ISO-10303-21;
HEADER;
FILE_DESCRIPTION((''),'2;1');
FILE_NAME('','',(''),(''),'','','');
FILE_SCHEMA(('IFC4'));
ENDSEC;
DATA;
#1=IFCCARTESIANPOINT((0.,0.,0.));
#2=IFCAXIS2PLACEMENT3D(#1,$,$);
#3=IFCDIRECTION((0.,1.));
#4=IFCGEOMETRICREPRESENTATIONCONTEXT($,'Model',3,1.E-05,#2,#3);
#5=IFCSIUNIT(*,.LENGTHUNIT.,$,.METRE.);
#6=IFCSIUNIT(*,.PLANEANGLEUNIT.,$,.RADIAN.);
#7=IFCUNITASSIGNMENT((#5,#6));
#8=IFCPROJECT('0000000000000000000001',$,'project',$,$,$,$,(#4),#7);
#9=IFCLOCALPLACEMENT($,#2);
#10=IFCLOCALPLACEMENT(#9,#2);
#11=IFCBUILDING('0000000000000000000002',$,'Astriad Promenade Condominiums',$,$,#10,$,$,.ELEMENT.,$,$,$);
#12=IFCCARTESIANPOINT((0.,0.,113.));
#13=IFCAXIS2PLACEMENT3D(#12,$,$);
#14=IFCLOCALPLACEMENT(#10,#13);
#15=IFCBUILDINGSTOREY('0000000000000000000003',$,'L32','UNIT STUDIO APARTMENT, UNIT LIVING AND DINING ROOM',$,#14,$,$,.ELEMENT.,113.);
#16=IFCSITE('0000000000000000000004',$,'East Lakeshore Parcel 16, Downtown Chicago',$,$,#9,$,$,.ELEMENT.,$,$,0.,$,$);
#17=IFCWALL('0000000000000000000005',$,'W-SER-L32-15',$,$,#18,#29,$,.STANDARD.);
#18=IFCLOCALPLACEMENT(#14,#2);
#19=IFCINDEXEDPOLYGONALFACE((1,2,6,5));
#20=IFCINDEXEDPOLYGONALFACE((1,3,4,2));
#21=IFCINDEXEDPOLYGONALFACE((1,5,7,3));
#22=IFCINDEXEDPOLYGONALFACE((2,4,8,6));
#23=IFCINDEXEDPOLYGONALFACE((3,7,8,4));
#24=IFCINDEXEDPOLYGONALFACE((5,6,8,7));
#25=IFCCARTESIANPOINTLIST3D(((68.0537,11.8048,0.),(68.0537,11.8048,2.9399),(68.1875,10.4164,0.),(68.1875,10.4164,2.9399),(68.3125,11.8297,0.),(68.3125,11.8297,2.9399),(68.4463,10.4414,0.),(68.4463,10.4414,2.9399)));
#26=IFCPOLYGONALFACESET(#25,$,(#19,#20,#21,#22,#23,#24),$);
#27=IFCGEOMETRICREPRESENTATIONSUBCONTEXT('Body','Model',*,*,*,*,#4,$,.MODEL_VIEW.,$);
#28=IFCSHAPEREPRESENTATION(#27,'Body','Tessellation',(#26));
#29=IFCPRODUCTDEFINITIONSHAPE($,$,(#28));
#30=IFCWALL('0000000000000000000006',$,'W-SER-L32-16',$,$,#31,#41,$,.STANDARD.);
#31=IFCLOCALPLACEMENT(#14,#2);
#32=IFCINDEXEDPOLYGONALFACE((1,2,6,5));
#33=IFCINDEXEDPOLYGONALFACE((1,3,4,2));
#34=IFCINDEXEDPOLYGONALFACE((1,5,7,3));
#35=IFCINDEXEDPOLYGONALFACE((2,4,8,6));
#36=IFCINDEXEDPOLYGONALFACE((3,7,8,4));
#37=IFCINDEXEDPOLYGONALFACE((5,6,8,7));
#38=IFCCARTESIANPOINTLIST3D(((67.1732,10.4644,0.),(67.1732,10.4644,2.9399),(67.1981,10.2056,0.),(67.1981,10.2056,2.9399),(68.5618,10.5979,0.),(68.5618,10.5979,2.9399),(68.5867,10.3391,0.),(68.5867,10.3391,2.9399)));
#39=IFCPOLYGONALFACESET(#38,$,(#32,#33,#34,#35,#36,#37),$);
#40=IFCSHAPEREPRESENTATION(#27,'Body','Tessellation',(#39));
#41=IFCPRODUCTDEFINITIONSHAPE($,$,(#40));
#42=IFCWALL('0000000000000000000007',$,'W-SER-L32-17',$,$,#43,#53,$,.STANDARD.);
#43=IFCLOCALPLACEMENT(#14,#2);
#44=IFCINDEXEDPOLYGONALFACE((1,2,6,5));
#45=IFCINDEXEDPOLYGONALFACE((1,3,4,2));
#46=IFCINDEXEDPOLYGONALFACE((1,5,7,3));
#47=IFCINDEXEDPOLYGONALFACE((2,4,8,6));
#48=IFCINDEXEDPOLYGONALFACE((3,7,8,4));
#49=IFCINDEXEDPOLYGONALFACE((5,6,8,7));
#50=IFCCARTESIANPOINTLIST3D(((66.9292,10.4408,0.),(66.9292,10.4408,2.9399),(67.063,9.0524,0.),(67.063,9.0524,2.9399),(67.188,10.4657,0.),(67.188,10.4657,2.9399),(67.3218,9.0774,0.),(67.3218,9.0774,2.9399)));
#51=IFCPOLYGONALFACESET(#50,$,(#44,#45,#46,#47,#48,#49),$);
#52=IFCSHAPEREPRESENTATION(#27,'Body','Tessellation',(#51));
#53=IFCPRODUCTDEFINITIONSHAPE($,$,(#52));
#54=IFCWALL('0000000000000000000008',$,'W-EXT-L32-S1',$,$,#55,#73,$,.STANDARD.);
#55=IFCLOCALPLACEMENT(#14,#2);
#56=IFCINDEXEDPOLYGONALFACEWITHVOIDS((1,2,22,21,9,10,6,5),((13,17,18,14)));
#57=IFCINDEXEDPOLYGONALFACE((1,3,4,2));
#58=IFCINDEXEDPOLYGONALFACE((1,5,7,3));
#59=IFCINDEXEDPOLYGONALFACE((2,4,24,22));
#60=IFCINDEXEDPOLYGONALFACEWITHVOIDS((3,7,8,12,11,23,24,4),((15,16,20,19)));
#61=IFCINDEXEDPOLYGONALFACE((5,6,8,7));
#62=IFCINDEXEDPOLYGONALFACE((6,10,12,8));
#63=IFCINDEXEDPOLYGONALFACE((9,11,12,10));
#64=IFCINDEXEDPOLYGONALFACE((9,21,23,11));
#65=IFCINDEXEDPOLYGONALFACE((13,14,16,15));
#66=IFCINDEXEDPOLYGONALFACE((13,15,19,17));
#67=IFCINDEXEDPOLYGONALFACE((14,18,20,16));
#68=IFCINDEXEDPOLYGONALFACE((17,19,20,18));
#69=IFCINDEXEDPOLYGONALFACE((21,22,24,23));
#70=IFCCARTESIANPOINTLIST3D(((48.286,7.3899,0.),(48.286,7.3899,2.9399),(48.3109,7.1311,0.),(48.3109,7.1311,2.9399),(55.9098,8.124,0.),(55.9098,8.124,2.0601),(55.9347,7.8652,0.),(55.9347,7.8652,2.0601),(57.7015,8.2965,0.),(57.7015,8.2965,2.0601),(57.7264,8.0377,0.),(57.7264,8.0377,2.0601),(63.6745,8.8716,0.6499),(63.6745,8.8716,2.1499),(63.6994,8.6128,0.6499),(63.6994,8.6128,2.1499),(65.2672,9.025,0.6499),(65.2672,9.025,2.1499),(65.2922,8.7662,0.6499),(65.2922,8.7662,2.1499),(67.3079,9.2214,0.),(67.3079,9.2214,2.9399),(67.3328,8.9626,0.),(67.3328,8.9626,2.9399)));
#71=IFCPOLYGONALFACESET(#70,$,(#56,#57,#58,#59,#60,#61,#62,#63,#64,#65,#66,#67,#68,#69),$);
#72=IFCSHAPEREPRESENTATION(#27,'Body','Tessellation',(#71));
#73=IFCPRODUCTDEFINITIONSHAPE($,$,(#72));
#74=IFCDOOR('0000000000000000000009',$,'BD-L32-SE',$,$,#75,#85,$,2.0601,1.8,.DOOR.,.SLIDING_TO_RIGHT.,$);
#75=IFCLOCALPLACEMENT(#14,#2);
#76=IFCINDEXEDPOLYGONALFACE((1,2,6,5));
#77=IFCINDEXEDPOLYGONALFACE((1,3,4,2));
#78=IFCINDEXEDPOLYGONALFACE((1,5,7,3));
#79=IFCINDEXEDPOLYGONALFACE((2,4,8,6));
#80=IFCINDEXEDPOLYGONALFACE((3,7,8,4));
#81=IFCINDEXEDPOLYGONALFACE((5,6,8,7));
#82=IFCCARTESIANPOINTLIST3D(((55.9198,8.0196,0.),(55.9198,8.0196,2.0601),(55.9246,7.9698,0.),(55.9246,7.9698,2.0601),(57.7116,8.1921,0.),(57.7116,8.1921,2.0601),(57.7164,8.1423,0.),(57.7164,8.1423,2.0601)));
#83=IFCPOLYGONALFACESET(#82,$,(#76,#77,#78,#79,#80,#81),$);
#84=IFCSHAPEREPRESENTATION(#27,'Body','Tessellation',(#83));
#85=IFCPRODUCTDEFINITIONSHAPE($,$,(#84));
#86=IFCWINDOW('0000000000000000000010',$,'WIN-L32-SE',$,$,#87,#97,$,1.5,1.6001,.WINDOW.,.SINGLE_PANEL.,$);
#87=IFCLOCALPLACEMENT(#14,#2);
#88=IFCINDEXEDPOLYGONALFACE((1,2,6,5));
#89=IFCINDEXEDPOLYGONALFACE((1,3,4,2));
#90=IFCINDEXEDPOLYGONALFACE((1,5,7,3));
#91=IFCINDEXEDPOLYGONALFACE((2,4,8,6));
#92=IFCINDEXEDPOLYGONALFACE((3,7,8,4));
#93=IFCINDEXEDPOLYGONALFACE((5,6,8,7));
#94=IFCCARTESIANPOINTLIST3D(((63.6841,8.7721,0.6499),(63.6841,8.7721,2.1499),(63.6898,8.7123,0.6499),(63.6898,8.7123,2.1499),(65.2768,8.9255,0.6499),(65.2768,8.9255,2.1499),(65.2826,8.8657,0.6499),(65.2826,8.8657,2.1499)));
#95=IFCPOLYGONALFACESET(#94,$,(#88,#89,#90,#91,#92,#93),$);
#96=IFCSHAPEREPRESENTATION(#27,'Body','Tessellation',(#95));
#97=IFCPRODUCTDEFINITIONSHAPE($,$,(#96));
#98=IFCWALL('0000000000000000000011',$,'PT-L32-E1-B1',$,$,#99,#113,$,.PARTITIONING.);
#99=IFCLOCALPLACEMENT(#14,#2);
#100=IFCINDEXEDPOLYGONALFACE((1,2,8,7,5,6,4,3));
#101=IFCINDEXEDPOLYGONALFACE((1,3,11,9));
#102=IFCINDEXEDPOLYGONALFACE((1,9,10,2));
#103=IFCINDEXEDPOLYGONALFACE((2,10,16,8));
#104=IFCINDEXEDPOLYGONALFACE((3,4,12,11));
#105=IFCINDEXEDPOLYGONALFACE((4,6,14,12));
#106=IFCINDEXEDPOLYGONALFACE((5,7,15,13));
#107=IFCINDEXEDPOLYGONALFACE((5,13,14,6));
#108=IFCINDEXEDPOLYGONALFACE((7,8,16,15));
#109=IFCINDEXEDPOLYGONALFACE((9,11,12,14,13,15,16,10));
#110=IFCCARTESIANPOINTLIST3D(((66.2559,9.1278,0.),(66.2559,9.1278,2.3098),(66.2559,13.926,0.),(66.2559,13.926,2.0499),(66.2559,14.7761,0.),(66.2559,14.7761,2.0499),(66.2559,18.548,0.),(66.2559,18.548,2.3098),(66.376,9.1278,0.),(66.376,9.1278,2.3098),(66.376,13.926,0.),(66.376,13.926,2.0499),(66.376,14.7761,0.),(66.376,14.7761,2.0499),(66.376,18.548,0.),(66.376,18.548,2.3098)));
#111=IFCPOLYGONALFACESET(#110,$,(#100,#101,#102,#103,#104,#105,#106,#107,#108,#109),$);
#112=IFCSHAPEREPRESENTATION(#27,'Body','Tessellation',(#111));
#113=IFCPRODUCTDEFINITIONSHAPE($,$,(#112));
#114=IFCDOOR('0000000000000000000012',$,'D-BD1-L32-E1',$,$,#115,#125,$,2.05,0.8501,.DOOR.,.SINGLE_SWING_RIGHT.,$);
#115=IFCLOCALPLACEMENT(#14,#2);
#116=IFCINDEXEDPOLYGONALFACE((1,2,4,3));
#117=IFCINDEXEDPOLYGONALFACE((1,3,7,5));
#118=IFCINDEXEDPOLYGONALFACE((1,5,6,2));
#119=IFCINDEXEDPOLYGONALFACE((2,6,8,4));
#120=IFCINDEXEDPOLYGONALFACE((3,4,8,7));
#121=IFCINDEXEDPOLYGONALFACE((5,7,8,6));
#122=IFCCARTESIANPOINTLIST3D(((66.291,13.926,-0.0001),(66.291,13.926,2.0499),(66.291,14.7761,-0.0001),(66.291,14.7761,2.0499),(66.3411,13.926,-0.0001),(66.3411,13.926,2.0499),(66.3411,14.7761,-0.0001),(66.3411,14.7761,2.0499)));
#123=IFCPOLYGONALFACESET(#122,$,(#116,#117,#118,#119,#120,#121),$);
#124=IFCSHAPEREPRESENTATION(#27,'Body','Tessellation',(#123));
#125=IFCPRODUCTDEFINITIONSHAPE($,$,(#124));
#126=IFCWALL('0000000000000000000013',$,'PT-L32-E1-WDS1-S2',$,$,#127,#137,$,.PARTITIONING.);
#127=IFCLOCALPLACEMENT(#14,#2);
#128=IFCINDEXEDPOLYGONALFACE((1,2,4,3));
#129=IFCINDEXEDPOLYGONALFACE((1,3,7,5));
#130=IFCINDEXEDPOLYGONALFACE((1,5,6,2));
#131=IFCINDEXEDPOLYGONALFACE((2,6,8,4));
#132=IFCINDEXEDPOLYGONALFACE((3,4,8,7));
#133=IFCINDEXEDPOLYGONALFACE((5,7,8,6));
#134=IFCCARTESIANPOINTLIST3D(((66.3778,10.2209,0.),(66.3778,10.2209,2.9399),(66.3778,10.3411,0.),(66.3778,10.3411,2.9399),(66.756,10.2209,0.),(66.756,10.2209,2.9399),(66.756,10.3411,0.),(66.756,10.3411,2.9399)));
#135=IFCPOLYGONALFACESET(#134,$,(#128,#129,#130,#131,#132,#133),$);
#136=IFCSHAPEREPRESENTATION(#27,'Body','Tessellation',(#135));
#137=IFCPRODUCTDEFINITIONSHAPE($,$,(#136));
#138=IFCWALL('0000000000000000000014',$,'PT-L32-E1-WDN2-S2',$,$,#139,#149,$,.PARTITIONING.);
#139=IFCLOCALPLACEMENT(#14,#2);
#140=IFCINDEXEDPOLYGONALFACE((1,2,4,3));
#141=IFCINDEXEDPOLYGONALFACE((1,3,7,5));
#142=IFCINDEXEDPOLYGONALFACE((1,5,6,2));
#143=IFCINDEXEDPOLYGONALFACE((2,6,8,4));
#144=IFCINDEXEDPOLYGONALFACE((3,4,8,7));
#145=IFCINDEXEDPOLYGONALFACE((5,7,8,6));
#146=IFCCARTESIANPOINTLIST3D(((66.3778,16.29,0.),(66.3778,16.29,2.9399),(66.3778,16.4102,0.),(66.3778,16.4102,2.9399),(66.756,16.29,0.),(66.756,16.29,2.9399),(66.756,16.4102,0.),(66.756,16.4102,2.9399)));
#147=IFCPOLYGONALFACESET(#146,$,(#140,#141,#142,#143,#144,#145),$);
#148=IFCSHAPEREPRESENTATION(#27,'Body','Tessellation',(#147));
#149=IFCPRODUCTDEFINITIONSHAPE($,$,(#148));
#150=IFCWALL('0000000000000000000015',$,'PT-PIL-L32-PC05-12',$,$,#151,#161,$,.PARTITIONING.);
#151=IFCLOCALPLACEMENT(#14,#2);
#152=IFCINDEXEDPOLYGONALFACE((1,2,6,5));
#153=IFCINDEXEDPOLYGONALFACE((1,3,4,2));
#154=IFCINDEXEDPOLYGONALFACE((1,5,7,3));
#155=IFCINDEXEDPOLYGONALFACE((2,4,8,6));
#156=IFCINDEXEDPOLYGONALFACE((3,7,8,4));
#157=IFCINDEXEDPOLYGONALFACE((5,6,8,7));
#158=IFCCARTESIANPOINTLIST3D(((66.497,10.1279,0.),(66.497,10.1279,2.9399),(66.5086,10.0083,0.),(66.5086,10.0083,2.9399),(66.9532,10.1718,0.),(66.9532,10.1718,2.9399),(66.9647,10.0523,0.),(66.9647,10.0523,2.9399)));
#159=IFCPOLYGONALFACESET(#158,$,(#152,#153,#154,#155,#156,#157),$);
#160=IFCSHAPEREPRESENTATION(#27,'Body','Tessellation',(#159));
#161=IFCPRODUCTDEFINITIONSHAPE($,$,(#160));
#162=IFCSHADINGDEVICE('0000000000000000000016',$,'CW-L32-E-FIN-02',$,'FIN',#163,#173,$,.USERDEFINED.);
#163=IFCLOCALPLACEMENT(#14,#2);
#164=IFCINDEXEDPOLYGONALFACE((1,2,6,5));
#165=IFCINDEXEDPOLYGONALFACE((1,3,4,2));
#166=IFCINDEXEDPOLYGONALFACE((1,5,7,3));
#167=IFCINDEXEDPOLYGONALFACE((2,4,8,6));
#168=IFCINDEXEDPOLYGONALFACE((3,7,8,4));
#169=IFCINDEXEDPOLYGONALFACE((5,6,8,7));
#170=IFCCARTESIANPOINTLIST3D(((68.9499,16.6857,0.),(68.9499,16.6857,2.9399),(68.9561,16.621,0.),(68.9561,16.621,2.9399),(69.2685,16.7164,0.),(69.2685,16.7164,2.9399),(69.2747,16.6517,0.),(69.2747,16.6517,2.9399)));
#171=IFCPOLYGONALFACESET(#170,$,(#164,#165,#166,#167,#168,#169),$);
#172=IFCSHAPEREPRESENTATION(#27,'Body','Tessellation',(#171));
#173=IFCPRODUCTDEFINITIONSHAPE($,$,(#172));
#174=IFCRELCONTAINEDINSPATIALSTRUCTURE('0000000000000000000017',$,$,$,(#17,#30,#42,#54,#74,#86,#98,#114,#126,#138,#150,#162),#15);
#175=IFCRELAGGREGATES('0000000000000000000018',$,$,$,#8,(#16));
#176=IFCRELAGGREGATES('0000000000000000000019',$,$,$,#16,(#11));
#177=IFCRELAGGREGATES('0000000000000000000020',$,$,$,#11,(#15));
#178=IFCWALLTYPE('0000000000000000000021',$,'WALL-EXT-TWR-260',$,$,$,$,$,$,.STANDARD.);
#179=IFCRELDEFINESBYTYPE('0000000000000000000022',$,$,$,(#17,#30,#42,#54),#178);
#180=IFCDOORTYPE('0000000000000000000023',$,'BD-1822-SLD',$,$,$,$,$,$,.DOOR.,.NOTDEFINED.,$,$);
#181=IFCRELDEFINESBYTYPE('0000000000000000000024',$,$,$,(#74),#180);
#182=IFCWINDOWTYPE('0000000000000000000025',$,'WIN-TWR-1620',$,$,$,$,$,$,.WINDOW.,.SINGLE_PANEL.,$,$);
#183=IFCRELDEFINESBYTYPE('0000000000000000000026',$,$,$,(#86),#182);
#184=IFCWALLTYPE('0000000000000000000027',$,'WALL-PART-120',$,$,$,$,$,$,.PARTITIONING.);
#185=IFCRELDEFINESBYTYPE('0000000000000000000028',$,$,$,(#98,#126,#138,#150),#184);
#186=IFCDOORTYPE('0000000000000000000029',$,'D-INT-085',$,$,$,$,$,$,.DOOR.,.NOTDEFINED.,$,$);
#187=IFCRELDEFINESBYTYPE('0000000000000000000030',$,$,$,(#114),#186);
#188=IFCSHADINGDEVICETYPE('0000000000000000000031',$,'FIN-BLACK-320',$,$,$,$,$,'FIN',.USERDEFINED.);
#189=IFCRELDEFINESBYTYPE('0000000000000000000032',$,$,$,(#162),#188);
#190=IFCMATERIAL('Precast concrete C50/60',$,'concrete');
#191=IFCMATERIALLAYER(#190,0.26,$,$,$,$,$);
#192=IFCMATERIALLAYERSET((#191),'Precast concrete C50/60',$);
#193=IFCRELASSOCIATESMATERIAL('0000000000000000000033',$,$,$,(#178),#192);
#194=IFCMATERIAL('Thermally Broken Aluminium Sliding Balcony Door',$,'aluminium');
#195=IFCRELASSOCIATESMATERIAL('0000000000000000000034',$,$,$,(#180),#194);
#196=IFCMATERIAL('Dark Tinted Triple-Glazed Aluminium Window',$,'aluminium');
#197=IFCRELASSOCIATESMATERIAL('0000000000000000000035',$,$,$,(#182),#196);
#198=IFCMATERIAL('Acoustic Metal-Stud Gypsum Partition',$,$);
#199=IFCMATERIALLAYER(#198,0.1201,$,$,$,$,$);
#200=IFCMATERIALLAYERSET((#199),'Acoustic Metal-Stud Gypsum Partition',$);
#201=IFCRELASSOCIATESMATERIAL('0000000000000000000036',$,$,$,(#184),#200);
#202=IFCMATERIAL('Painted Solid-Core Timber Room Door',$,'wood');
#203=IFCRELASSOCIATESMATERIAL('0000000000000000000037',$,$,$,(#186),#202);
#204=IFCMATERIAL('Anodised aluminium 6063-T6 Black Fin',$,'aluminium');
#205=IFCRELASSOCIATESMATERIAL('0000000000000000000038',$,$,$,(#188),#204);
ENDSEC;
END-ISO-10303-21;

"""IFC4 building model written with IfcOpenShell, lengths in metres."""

from ifc_helpers import new_model, si_unit, direction, frame, frame_2d, origin, origin_2d, place, context, subcontext, project, spatial, rectangle, extrude, source, transform, mapped, material, layer, layer_set, type_object, type_shapes, element, fill, save


model = new_model("IFC4")

# Units and contexts
model_context = context("Model", 3, precision=1e-05, world=origin(), true_north=direction((0.0, 1.0)))
body_context = subcontext(model_context, "Body", "Model", "MODEL_VIEW")
ifc_project = project(units=[si_unit("LENGTHUNIT", "METRE"), si_unit("PLANEANGLEUNIT", "RADIAN")], contexts=[model_context])

# Site, building, storey
site_placement = place(None, origin())
site = spatial("IfcSite", under=ifc_project, at=site_placement, Name="East Lakeshore Parcel 16, Downtown Chicago", CompositionType="ELEMENT", RefElevation=0.0)
building_placement = place(site_placement, origin())
building = spatial("IfcBuilding", under=site, at=building_placement, Name="Astriad Promenade Condominiums", CompositionType="ELEMENT")
storey_placement = place(building_placement, frame((0.0, 0.0, 113.0)))
storey = spatial("IfcBuildingStorey", under=building, at=storey_placement, Name="L32", Description="UNIT STUDIO APARTMENT, UNIT LIVING AND DINING ROOM", CompositionType="ELEMENT", Elevation=113.0)

# Walls
ifc_material_1 = material(Name="Precast concrete C50/60", Category="concrete")
ifc_layer_1 = layer(ifc_material_1, 0.26)
ifc_layer_set_1 = layer_set([ifc_layer_1], Name="Precast concrete C50/60")
wall_type_1 = type_object("IfcWallType", Name="WALL-EXT-TWR-260", PredefinedType="STANDARD", material=ifc_layer_set_1)
for number, where, z_axis, x_axis, name in (
    (1, (68.1831, 11.8171, 0.0), (0.0, 0.0, 1.0), (0.095916, -0.995389, 0.0), "W-SER-L32-15"),
):
    element("IfcWall", number, at=place(storey_placement, frame(where, z_axis=z_axis, x_axis=x_axis)), inside=storey, type_object=wall_type_1, Name=name, PredefinedType="STANDARD", context=body_context, shape_type="SweptSolid", body=[
        extrude(rectangle(XDim=1.3948, YDim=0.26, at=frame_2d((0.6973, 0.0))), origin(), (0.0, 0.0, 1.0), 2.9399),
    ])
wall_1_placement = place(storey_placement, frame((68.5742, 10.4685, 0.0), z_axis=(0.0, 0.0, 1.0), x_axis=(-0.995408, -0.095726, 0.0)))
element("IfcWall", 2, at=wall_1_placement, inside=storey, type_object=wall_type_1, Name="W-SER-L32-16", PredefinedType="STANDARD", context=body_context, shape_type="SweptSolid", body=[
    extrude(rectangle(XDim=1.395, YDim=0.26, at=frame_2d((0.6975, 0.0))), origin(), (0.0, 0.0, 1.0), 2.9399),
])
wall_2_placement = place(storey_placement, frame((67.0586, 10.4531, 0.0), z_axis=(0.0, 0.0, 1.0), x_axis=(0.095916, -0.995389, 0.0)))
element("IfcWall", 3, at=wall_2_placement, inside=storey, type_object=wall_type_1, Name="W-SER-L32-17", PredefinedType="STANDARD", context=body_context, shape_type="SweptSolid", body=[
    extrude(rectangle(XDim=1.3948, YDim=0.26, at=frame_2d((0.6973, 0.0))), origin(), (0.0, 0.0, 1.0), 2.9399),
])

# Wall, openings, door, window
wall_3_placement = place(storey_placement, frame((67.3203, 9.092, 0.0), z_axis=(0.0, 0.0, 1.0), x_axis=(-0.995397, -0.095842, 0.0)))
wall_3 = element("IfcWall", 4, at=wall_3_placement, inside=storey, type_object=wall_type_1, Name="W-EXT-L32-S1", PredefinedType="STANDARD", context=body_context, shape_type="SweptSolid", body=[
    extrude(rectangle(XDim=19.1099, YDim=0.26, at=frame_2d((9.5549, 0.0))), origin(), (0.0, 0.0, 1.0), 2.9399),
])
opening_1_placement = place(wall_3_placement, frame((9.6509, 0.0, 0.0)))
opening_1 = element("IfcOpeningElement", 5, at=opening_1_placement, cuts=wall_3, PredefinedType="OPENING", context=body_context, shape_type="SweptSolid", body=[
    extrude(rectangle(XDim=1.8, YDim=2.0601, at=frame_2d((0.8999, 1.03))), frame((0.0, 0.1399, 0.0), z_axis=(0.0, -1.0, 0.0), x_axis=(1.0, 0.0, 0.0)), (0.0, 0.0, 1.0), 0.28),
])
opening_2_placement = place(wall_3_placement, frame((2.05, 0.0, 0.6499)))
opening_2 = element("IfcOpeningElement", 6, at=opening_2_placement, cuts=wall_3, PredefinedType="OPENING", context=body_context, shape_type="SweptSolid", body=[
    extrude(rectangle(XDim=1.6001, YDim=1.5, at=frame_2d((0.8, 0.75))), frame((0.0, 0.1399, 0.0), z_axis=(0.0, -1.0, 0.0), x_axis=(1.0, 0.0, 0.0)), (0.0, 0.0, 1.0), 0.28),
])
ifc_material_2 = material(Name="Thermally Broken Aluminium Sliding Balcony Door", Category="aluminium")
door_type_1 = type_object("IfcDoorType", Name="BD-1822-SLD", OperationType="NOTDEFINED", PredefinedType="DOOR", material=ifc_material_2)
shared_shape_1 = source(origin(), body_context, "Body", "SweptSolid", [
    extrude(rectangle(XDim=1.8, YDim=2.0601, at=frame_2d((0.8999, 1.03))), frame((0.0, 0.0249, 0.0), z_axis=(0.0, -1.0, 0.0), x_axis=(1.0, 0.0, 0.0)), (0.0, 0.0, 1.0), 0.05),
])
type_shapes(door_type_1, [shared_shape_1])
door_1_placement = place(opening_1_placement, origin())
door_1 = element("IfcDoor", 7, at=door_1_placement, inside=storey, type_object=door_type_1, Name="BD-L32-SE", OperationType="SLIDING_TO_RIGHT", OverallHeight=2.0601, OverallWidth=1.8, PredefinedType="DOOR", context=body_context, shape_type="MappedRepresentation", body=[
    mapped(shared_shape_1, transform((0.0, 0.0, 0.0), scale=1.0)),
])
fill(opening_1, door_1)
ifc_material_3 = material(Name="Dark Tinted Triple-Glazed Aluminium Window", Category="aluminium")
window_type = type_object("IfcWindowType", Name="WIN-TWR-1620", PartitioningType="SINGLE_PANEL", PredefinedType="WINDOW", material=ifc_material_3)
shared_shape_2 = source(origin(), body_context, "Body", "SweptSolid", [
    extrude(rectangle(XDim=1.6001, YDim=1.5, at=frame_2d((0.8, 0.75))), frame((0.0, 0.03, 0.0), z_axis=(0.0, -1.0, 0.0), x_axis=(1.0, 0.0, 0.0)), (0.0, 0.0, 1.0), 0.0601),
])
type_shapes(window_type, [shared_shape_2])
window_placement = place(opening_2_placement, origin())
window = element("IfcWindow", 8, at=window_placement, inside=storey, type_object=window_type, Name="WIN-L32-SE", OverallHeight=1.5, OverallWidth=1.6001, PartitioningType="SINGLE_PANEL", PredefinedType="WINDOW", context=body_context, shape_type="MappedRepresentation", body=[
    mapped(shared_shape_2, transform((0.0, 0.0, 0.0), scale=1.0)),
])
fill(opening_2, window)

# Wall, opening, door
ifc_material_4 = material(Name="Acoustic Metal-Stud Gypsum Partition")
ifc_layer_2 = layer(ifc_material_4, 0.1201)
ifc_layer_set_2 = layer_set([ifc_layer_2], Name="Acoustic Metal-Stud Gypsum Partition")
wall_type_2 = type_object("IfcWallType", Name="WALL-PART-120", PredefinedType="PARTITIONING", material=ifc_layer_set_2)
wall_4_placement = place(storey_placement, frame((66.3159, 9.1279, 0.0), z_axis=(0.0, 0.0, 1.0), x_axis=(0.0, 1.0, 0.0)))
wall_4 = element("IfcWall", 9, at=wall_4_placement, inside=storey, type_object=wall_type_2, Name="PT-L32-E1-B1", PredefinedType="PARTITIONING", context=body_context, shape_type="SweptSolid", body=[
    extrude(rectangle(XDim=9.4202, YDim=0.1201, at=frame_2d((4.71, 0.0))), origin(), (0.0, 0.0, 1.0), 2.3098),
])
opening_3_placement = place(wall_4_placement, frame((4.7981, 0.0, 0.0)))
opening_3 = element("IfcOpeningElement", 10, at=opening_3_placement, cuts=wall_4, PredefinedType="OPENING", context=body_context, shape_type="SweptSolid", body=[
    extrude(rectangle(XDim=0.8501, YDim=2.05, at=frame_2d((0.425, 1.0249))), frame((0.0, 0.0701, 0.0), z_axis=(0.0, -1.0, 0.0), x_axis=(1.0, 0.0, 0.0)), (0.0, 0.0, 1.0), 0.1401),
])
ifc_material_5 = material(Name="Painted Solid-Core Timber Room Door", Category="wood")
door_type_2 = type_object("IfcDoorType", Name="D-INT-085", OperationType="NOTDEFINED", PredefinedType="DOOR", material=ifc_material_5)
shared_shape_3 = source(origin(), body_context, "Body", "SweptSolid", [
    extrude(rectangle(XDim=0.8501, YDim=2.05, at=frame_2d((0.425, 1.0249))), frame((0.0, 0.0249, 0.0), z_axis=(0.0, -1.0, 0.0), x_axis=(1.0, 0.0, 0.0)), (0.0, 0.0, 1.0), 0.05),
])
type_shapes(door_type_2, [shared_shape_3])
door_2_placement = place(opening_3_placement, origin())
door_2 = element("IfcDoor", 11, at=door_2_placement, inside=storey, type_object=door_type_2, Name="D-BD1-L32-E1", OperationType="SINGLE_SWING_RIGHT", OverallHeight=2.05, OverallWidth=0.8501, PredefinedType="DOOR", context=body_context, shape_type="MappedRepresentation", body=[
    mapped(shared_shape_3, transform((0.0, 0.0, 0.0), scale=1.0)),
])
fill(opening_3, door_2)

# Walls
for number, where, z_axis, x_axis, name in (
    (12, (66.3779, 10.281, 0.0), (0.0, 0.0, 1.0), (1.0, 0.0, 0.0), "PT-L32-E1-WDS1-S2"),
    (13, (66.3779, 16.3501, 0.0), (0.0, 0.0, 1.0), (1.0, 0.0, 0.0), "PT-L32-E1-WDN2-S2"),
):
    element("IfcWall", number, at=place(storey_placement, frame(where, z_axis=z_axis, x_axis=x_axis)), inside=storey, type_object=wall_type_2, Name=name, PredefinedType="PARTITIONING", context=body_context, shape_type="SweptSolid", body=[
        extrude(rectangle(XDim=0.3782, YDim=0.1201, at=frame_2d((0.189, 0.0))), origin(), (0.0, 0.0, 1.0), 2.9399),
    ])
wall_5_placement = place(storey_placement, frame((66.5029, 10.0681, 0.0), z_axis=(0.0, 0.0, 1.0), x_axis=(0.995389, 0.095915, 0.0)))
element("IfcWall", 14, at=wall_5_placement, inside=storey, type_object=wall_type_2, Name="PT-PIL-L32-PC05-12", PredefinedType="PARTITIONING", context=body_context, shape_type="SweptSolid", body=[
    extrude(rectangle(XDim=0.4583, YDim=0.1201, at=frame_2d((0.229, 0.0))), origin(), (0.0, 0.0, 1.0), 2.9399),
])

# Shading device
ifc_material_6 = material(Name="Anodised aluminium 6063-T6 Black Fin", Category="aluminium")
shading_device_type = type_object("IfcShadingDeviceType", Name="FIN-BLACK-320", ElementType="FIN", PredefinedType="USERDEFINED", material=ifc_material_6)
shared_shape_4 = source(origin(), body_context, "Body", "SweptSolid", [
    extrude(rectangle(XDim=0.0649, YDim=0.3201, at=origin_2d()), origin(), (0.0, 0.0, 1.0), 2.9399),
])
type_shapes(shading_device_type, [shared_shape_4])
shading_device_placement = place(storey_placement, frame((69.1123, 16.6687, 0.0), z_axis=(0.0, 0.0, 1.0), x_axis=(0.095846, -0.995396, 0.0)))
element("IfcShadingDevice", 15, at=shading_device_placement, inside=storey, type_object=shading_device_type, Name="CW-L32-E-FIN-02", ObjectType="FIN", PredefinedType="USERDEFINED", context=body_context, shape_type="MappedRepresentation", body=[
    mapped(shared_shape_4, transform((0.0, 0.0, 0.0), scale=1.0)),
])

save(model, "model.ifc")
